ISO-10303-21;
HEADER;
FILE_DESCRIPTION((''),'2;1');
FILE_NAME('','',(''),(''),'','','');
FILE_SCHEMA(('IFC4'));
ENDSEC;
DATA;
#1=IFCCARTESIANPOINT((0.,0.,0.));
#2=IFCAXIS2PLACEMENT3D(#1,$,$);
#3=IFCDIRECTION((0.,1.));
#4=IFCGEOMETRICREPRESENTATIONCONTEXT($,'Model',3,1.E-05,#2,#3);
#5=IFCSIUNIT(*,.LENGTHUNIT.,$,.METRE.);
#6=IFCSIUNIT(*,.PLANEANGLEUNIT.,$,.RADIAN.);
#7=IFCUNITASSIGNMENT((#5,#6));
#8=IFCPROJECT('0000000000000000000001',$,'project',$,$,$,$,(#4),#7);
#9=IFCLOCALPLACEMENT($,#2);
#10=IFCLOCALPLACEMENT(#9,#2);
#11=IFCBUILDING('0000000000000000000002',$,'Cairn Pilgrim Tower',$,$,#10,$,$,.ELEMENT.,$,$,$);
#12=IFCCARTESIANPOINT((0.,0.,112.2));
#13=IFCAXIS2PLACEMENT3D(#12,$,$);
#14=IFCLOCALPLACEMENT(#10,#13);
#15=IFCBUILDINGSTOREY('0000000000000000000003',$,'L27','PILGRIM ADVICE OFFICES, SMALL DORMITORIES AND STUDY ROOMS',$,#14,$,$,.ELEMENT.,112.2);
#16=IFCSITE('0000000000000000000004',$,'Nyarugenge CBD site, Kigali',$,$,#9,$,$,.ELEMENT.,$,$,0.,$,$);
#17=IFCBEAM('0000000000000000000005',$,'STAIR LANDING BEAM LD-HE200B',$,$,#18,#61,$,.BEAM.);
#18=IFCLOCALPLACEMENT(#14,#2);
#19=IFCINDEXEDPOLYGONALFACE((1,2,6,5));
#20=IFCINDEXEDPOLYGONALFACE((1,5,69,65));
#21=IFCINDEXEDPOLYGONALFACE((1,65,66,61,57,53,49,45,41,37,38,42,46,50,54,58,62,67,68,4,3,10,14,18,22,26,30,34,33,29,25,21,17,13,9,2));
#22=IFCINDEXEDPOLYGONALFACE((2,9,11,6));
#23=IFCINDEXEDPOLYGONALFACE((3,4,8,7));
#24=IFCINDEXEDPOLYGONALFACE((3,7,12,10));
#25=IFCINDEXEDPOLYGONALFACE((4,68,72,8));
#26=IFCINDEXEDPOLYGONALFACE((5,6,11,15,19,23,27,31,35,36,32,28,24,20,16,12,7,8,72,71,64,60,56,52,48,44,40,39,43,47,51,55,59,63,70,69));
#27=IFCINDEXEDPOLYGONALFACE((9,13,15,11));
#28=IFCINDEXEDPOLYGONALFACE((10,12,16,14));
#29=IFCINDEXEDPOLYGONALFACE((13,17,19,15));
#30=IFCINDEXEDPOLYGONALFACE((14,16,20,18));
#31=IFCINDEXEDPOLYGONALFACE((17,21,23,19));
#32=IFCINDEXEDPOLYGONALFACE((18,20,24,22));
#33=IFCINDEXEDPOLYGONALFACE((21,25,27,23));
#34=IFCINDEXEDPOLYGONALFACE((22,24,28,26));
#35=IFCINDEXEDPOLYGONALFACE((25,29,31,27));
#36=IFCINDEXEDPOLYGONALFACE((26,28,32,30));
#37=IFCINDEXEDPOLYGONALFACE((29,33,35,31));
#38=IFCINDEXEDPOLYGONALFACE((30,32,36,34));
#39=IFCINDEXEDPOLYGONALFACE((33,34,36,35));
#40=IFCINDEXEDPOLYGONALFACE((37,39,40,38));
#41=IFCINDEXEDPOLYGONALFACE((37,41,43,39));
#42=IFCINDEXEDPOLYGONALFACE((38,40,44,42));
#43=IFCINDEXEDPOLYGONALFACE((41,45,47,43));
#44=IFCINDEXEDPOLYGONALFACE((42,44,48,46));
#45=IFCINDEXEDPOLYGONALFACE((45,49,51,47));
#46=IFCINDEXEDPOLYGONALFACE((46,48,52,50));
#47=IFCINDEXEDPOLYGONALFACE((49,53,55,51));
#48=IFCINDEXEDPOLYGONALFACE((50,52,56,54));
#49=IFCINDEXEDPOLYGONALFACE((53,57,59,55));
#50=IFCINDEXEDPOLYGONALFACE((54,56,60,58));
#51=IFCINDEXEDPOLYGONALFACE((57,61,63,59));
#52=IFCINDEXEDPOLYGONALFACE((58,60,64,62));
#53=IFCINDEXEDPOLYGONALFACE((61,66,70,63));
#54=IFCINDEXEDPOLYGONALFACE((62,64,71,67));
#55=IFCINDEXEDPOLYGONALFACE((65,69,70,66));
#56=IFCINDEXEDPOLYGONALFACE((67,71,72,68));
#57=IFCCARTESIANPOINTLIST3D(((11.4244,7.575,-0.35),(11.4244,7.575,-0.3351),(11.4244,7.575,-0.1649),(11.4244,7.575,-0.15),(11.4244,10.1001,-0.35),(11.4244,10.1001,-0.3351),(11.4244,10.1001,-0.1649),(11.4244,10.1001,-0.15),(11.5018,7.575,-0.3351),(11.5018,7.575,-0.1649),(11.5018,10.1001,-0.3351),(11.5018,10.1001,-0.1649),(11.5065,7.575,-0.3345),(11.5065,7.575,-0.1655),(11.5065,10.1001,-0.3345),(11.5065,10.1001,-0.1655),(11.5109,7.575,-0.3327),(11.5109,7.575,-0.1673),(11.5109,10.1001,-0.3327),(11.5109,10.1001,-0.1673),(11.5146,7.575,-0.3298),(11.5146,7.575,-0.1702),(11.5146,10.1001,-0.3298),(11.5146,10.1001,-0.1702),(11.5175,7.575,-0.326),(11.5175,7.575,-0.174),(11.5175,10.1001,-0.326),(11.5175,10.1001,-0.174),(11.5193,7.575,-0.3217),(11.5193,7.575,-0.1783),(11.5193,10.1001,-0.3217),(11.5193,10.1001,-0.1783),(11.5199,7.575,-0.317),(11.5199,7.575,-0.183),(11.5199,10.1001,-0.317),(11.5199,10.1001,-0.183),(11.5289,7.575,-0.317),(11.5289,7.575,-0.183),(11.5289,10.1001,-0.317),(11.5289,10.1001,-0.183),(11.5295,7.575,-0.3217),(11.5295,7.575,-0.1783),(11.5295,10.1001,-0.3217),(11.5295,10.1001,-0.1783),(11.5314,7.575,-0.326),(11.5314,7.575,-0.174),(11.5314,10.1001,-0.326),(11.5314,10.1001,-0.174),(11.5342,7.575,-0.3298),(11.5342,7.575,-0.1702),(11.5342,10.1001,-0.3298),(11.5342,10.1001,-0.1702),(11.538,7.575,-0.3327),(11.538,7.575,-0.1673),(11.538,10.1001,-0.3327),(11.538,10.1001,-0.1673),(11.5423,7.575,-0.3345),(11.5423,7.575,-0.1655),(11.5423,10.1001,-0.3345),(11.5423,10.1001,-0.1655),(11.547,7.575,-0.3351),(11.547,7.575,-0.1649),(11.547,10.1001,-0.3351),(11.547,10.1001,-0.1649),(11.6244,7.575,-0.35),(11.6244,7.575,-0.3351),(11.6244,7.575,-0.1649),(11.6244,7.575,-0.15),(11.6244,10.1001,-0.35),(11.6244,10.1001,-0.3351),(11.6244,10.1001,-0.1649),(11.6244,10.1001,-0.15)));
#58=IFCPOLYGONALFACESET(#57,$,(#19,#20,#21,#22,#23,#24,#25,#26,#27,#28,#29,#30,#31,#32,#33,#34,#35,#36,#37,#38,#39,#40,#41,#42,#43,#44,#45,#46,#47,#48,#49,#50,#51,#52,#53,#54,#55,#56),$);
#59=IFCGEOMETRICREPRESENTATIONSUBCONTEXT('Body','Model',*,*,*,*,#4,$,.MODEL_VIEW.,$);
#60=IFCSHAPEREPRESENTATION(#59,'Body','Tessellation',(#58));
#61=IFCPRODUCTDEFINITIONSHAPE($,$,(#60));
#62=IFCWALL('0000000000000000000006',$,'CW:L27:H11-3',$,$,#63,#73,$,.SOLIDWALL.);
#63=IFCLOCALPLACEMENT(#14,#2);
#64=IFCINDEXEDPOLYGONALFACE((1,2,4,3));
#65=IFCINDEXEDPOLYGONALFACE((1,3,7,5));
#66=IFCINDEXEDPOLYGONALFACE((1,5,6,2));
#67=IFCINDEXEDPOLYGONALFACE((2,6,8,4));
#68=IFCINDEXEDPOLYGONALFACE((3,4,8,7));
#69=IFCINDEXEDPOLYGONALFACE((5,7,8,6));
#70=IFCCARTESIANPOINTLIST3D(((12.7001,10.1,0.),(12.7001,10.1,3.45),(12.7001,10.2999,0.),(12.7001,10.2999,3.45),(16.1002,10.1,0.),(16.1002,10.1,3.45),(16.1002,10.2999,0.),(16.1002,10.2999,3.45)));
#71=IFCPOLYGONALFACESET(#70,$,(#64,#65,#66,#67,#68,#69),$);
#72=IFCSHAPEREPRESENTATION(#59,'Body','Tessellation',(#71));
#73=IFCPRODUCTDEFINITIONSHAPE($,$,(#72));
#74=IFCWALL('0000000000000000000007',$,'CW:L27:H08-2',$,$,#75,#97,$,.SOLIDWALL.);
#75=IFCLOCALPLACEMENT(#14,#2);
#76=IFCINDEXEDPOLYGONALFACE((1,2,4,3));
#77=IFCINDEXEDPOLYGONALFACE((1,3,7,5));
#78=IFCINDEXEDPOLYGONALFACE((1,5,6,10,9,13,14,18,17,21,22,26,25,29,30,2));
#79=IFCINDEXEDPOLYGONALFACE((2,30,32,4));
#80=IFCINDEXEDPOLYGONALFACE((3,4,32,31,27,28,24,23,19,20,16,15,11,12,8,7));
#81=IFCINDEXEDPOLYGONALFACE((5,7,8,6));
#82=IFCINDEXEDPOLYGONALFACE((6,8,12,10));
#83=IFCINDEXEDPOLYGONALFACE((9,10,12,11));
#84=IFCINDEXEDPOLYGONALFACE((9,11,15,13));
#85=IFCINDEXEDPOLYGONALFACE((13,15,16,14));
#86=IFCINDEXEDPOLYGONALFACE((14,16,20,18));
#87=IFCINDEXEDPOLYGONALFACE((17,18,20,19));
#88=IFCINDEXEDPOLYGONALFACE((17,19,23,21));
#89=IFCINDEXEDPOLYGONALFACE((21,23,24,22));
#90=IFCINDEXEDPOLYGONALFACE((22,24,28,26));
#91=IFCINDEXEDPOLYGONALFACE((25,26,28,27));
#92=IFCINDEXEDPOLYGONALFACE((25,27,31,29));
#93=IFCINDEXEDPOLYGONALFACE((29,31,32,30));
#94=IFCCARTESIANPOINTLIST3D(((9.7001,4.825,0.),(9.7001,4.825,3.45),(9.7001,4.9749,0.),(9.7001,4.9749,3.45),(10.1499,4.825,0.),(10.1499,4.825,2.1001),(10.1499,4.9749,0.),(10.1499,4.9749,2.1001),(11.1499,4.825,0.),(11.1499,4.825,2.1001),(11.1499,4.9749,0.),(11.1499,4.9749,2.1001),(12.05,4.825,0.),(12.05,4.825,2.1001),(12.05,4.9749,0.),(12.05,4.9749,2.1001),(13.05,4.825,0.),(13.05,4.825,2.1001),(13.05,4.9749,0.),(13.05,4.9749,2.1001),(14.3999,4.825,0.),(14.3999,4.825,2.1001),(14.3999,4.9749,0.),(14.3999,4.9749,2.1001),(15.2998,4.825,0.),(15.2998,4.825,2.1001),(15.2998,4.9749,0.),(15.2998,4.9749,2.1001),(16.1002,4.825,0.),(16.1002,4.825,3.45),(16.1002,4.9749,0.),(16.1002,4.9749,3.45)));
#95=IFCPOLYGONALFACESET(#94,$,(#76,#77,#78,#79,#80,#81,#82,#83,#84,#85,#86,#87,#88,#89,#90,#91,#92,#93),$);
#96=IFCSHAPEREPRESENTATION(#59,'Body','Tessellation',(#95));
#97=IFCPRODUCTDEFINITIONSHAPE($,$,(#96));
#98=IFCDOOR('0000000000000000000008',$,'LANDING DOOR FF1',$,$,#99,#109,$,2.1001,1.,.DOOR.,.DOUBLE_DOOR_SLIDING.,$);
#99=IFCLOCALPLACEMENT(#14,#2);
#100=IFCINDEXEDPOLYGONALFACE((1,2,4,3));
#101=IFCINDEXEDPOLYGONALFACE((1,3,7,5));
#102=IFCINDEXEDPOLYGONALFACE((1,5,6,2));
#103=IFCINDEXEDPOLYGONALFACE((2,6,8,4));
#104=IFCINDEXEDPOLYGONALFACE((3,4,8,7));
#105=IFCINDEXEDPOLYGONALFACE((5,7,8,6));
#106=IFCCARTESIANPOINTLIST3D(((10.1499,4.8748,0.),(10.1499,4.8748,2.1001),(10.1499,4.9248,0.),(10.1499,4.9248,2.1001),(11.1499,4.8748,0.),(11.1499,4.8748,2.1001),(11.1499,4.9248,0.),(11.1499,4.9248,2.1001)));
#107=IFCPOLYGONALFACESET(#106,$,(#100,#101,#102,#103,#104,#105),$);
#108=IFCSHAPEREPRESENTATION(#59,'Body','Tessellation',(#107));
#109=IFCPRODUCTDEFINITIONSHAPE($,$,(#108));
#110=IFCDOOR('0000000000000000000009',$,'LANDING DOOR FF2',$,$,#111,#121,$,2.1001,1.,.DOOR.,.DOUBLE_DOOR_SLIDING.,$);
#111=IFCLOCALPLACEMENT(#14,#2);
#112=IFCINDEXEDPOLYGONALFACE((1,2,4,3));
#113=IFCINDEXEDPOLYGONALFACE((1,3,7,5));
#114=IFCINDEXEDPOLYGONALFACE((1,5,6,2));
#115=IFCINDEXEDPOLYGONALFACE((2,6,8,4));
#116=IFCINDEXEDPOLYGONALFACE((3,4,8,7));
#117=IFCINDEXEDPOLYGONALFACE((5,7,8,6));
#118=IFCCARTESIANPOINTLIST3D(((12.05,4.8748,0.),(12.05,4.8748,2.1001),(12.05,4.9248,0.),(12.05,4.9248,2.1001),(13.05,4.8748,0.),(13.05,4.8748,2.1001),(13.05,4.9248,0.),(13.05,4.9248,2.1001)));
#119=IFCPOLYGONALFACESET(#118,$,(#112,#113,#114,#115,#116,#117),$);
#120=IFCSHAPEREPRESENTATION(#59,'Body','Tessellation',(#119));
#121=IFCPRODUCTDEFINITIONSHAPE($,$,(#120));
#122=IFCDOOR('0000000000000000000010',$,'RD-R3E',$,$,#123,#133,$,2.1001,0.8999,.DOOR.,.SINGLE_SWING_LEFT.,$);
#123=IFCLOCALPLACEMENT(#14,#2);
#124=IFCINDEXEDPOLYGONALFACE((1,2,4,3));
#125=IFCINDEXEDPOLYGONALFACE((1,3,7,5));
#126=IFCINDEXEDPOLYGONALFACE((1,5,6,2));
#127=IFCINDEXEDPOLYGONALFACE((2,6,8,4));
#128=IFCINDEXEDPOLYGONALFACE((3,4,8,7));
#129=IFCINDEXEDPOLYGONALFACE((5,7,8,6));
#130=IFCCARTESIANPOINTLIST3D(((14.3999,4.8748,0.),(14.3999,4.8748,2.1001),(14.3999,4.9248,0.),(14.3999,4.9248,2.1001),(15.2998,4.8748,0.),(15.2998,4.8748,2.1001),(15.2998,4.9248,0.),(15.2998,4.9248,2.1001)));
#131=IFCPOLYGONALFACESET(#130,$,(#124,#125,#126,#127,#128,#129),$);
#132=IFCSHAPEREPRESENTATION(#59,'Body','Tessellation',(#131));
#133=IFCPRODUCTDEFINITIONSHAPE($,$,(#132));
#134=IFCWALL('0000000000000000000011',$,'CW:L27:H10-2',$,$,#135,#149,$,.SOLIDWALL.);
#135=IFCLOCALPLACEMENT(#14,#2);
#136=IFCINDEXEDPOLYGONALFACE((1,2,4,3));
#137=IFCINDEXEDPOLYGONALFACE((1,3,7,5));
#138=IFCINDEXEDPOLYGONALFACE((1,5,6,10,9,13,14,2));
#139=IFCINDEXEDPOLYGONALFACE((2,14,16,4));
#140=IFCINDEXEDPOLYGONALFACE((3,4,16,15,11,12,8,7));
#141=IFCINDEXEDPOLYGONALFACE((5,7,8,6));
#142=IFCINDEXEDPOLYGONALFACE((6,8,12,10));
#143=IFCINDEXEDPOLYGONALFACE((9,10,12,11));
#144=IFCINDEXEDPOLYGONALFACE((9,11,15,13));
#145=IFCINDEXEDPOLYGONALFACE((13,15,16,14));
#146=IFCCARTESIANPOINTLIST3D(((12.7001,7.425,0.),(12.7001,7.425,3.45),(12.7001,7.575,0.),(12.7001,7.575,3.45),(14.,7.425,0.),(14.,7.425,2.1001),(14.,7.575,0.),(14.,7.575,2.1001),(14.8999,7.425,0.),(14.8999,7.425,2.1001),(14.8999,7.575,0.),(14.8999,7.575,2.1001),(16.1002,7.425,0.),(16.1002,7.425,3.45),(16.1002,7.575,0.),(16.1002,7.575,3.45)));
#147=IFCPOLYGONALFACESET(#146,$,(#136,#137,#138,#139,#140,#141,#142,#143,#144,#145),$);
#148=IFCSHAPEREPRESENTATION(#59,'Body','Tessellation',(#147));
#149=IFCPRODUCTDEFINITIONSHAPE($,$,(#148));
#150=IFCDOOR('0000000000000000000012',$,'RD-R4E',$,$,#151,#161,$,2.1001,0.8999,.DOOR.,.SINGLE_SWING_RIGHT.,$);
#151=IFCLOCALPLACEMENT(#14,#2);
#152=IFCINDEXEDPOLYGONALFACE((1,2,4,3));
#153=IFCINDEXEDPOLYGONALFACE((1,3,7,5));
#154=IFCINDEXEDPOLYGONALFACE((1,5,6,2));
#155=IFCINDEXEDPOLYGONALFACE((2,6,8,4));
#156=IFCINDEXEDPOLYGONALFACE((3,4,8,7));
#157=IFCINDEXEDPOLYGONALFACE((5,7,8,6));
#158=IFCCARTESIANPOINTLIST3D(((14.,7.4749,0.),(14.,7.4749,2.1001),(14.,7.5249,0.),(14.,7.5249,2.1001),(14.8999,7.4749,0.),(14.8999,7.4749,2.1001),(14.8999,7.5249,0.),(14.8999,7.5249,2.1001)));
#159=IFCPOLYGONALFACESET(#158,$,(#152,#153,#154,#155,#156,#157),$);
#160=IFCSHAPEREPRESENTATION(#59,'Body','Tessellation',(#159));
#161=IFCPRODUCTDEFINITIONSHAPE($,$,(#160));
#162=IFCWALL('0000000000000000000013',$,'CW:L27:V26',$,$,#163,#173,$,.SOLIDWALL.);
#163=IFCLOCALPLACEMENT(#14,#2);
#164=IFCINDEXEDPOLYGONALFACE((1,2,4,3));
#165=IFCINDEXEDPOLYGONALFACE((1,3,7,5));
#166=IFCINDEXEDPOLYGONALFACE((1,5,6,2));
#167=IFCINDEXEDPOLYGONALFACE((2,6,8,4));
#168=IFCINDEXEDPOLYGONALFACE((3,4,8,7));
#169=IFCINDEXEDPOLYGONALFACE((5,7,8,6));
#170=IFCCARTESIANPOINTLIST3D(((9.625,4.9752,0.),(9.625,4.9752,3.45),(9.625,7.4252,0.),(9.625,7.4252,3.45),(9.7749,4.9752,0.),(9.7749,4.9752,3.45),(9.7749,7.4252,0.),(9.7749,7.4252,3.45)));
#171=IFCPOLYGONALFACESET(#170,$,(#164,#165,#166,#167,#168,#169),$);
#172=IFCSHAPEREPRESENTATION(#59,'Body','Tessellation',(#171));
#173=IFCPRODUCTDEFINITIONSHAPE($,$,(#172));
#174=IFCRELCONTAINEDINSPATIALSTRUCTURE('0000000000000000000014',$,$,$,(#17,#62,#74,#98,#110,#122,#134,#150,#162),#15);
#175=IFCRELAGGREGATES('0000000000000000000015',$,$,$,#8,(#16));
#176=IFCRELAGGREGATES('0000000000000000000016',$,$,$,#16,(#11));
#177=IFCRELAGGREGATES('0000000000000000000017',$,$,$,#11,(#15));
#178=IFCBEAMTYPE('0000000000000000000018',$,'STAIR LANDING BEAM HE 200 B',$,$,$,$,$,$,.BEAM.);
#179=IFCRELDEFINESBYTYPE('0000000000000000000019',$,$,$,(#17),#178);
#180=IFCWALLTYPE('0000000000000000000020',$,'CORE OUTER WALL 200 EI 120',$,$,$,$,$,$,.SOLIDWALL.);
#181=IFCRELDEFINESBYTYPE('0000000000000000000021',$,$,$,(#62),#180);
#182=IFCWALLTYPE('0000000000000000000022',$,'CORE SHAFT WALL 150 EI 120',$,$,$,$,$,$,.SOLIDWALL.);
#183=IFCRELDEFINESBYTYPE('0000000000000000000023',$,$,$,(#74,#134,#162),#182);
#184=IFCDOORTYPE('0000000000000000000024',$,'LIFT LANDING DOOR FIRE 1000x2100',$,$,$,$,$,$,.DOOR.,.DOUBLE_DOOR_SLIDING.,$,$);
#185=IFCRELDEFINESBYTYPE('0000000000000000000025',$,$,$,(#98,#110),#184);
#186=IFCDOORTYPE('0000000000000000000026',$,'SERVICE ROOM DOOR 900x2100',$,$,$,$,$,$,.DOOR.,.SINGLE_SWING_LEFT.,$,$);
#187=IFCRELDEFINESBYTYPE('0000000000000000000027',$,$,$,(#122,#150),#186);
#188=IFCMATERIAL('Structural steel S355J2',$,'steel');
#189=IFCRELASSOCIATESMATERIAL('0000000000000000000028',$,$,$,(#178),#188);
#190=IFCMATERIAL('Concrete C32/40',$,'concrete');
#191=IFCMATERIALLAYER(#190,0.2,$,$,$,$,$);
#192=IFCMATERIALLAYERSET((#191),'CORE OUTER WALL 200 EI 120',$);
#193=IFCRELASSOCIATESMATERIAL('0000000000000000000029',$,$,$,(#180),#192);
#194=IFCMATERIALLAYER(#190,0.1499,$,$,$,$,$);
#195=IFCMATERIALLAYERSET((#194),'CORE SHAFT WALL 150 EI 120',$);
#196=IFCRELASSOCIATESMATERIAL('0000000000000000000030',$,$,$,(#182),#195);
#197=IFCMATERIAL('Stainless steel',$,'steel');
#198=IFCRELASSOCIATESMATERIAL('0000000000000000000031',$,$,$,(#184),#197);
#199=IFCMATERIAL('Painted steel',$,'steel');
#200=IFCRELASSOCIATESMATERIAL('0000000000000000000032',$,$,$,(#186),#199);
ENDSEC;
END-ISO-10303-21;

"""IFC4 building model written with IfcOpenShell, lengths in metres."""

from ifc_helpers import new_model, si_unit, direction, frame, frame_2d, origin, origin_2d, place, context, subcontext, project, spatial, rectangle, i_section, extrude, material, layer, layer_set, material_profile, profile_set, type_object, element, fill, save


model = new_model("IFC4")

# Units and contexts
model_context = context("Model", 3, precision=1e-05, world=origin(), true_north=direction((0.0, 1.0)))
body_context = subcontext(model_context, "Body", "Model", "MODEL_VIEW")
ifc_project = project(units=[si_unit("LENGTHUNIT", "METRE"), si_unit("PLANEANGLEUNIT", "RADIAN")], contexts=[model_context])

# Site, building, storey
site_placement = place(None, origin())
site = spatial("IfcSite", under=ifc_project, at=site_placement, Name="Nyarugenge CBD site, Kigali", CompositionType="ELEMENT", RefElevation=0.0)
building_placement = place(site_placement, origin())
building = spatial("IfcBuilding", under=site, at=building_placement, Name="Cairn Pilgrim Tower", CompositionType="ELEMENT")
storey_placement = place(building_placement, frame((0.0, 0.0, 112.2)))
storey = spatial("IfcBuildingStorey", under=building, at=storey_placement, Name="L27", Description="PILGRIM ADVICE OFFICES, SMALL DORMITORIES AND STUDY ROOMS", CompositionType="ELEMENT", Elevation=112.2)

# Beam
ifc_material_1 = material(Name="Structural steel S355J2", Category="steel")
ifc_material_profile_1 = material_profile(ifc_material_1, i_section(OverallWidth=0.2, OverallDepth=0.2, WebThickness=0.009, FlangeThickness=0.0149, FilletRadius=0.0181, at=origin_2d()), Name="HE 200 B")
ifc_profile_set_1 = profile_set([ifc_material_profile_1], Name="Structural steel S355J2")
beam_type_1 = type_object("IfcBeamType", Name="STAIR LANDING BEAM HE 200 B", PredefinedType="BEAM", material=ifc_profile_set_1)
beam_1_placement = place(storey_placement, frame((11.5244, 10.1001, -0.25), z_axis=(0.0, -1.0, 0.0), x_axis=(1.0, 0.0, 0.0)))
element("IfcBeam", 1, at=beam_1_placement, inside=storey, type_object=beam_type_1, Name="STAIR LANDING BEAM LD-HE200B", PredefinedType="BEAM", context=body_context, shape_type="SweptSolid", body=[
    extrude(i_section(OverallWidth=0.2, OverallDepth=0.2, WebThickness=0.009, FlangeThickness=0.0149, FilletRadius=0.0181, at=origin_2d()), origin(), (0.0, 0.0, 1.0), 2.5251),
])

# Wall
ifc_material_2 = material(Name="Concrete C32/40", Category="concrete")
ifc_layer_1 = layer(ifc_material_2, 0.2)
ifc_layer_set_1 = layer_set([ifc_layer_1], Name="CORE OUTER WALL 200 EI 120")
wall_type_1 = type_object("IfcWallType", Name="CORE OUTER WALL 200 EI 120", PredefinedType="SOLIDWALL", material=ifc_layer_set_1)
wall_1_placement = place(storey_placement, frame((12.7, 10.2, 0.0), z_axis=(0.0, 0.0, 1.0), x_axis=(1.0, 0.0, 0.0)))
element("IfcWall", 2, at=wall_1_placement, inside=storey, type_object=wall_type_1, Name="CW:L27:H11-3", PredefinedType="SOLIDWALL", context=body_context, shape_type="SweptSolid", body=[
    extrude(rectangle(XDim=3.4001, YDim=0.2, at=frame_2d((1.7002, 0.0))), origin(), (0.0, 0.0, 1.0), 3.45),
])

# Wall, openings, doors
ifc_layer_2 = layer(ifc_material_2, 0.1499)
ifc_layer_set_2 = layer_set([ifc_layer_2], Name="CORE SHAFT WALL 150 EI 120")
wall_type_2 = type_object("IfcWallType", Name="CORE SHAFT WALL 150 EI 120", PredefinedType="SOLIDWALL", material=ifc_layer_set_2)
wall_2_placement = place(storey_placement, frame((9.7, 4.8999, 0.0), z_axis=(0.0, 0.0, 1.0), x_axis=(1.0, 0.0, 0.0)))
wall_2 = element("IfcWall", 3, at=wall_2_placement, inside=storey, type_object=wall_type_2, Name="CW:L27:H08-2", PredefinedType="SOLIDWALL", context=body_context, shape_type="SweptSolid", body=[
    extrude(rectangle(XDim=6.4001, YDim=0.1499, at=frame_2d((3.2002, 0.0))), origin(), (0.0, 0.0, 1.0), 3.45),
])
opening_1_placement = place(wall_2_placement, frame((0.45, 0.0, 0.0)))
opening_1 = element("IfcOpeningElement", 4, at=opening_1_placement, cuts=wall_2, PredefinedType="OPENING", context=body_context, shape_type="SweptSolid", body=[
    extrude(rectangle(XDim=1.0, YDim=2.1001, at=frame_2d((0.5, 1.05))), frame((0.0, 0.085, 0.0), z_axis=(0.0, -1.0, 0.0), x_axis=(1.0, 0.0, 0.0)), (0.0, 0.0, 1.0), 0.1699),
])
opening_2_placement = place(wall_2_placement, frame((2.3501, 0.0, 0.0)))
opening_2 = element("IfcOpeningElement", 5, at=opening_2_placement, cuts=wall_2, PredefinedType="OPENING", context=body_context, shape_type="SweptSolid", body=[
    extrude(rectangle(XDim=1.0, YDim=2.1001, at=frame_2d((0.5, 1.05))), frame((0.0, 0.085, 0.0), z_axis=(0.0, -1.0, 0.0), x_axis=(1.0, 0.0, 0.0)), (0.0, 0.0, 1.0), 0.1699),
])
opening_3_placement = place(wall_2_placement, frame((4.7, 0.0, 0.0)))
opening_3 = element("IfcOpeningElement", 6, at=opening_3_placement, cuts=wall_2, PredefinedType="OPENING", context=body_context, shape_type="SweptSolid", body=[
    extrude(rectangle(XDim=0.8999, YDim=2.1001, at=frame_2d((0.45, 1.05))), frame((0.0, 0.085, 0.0), z_axis=(0.0, -1.0, 0.0), x_axis=(1.0, 0.0, 0.0)), (0.0, 0.0, 1.0), 0.1699),
])
ifc_material_3 = material(Name="Stainless steel", Category="steel")
door_type_1 = type_object("IfcDoorType", Name="LIFT LANDING DOOR FIRE 1000x2100", OperationType="DOUBLE_DOOR_SLIDING", PredefinedType="DOOR", material=ifc_material_3)
door_1_placement = place(opening_1_placement, origin())
door_1 = element("IfcDoor", 7, at=door_1_placement, inside=storey, type_object=door_type_1, Name="LANDING DOOR FF1", OperationType="DOUBLE_DOOR_SLIDING", OverallHeight=2.1001, OverallWidth=1.0, PredefinedType="DOOR", context=body_context, shape_type="SweptSolid", body=[
    extrude(rectangle(XDim=1.0, YDim=2.1001, at=frame_2d((0.5, 1.05))), frame((0.0, 0.0249, 0.0), z_axis=(0.0, -1.0, 0.0), x_axis=(1.0, 0.0, 0.0)), (0.0, 0.0, 1.0), 0.05),
])
fill(opening_1, door_1)
door_2_placement = place(opening_2_placement, origin())
door_2 = element("IfcDoor", 8, at=door_2_placement, inside=storey, type_object=door_type_1, Name="LANDING DOOR FF2", OperationType="DOUBLE_DOOR_SLIDING", OverallHeight=2.1001, OverallWidth=1.0, PredefinedType="DOOR", context=body_context, shape_type="SweptSolid", body=[
    extrude(rectangle(XDim=1.0, YDim=2.1001, at=frame_2d((0.5, 1.05))), frame((0.0, 0.0249, 0.0), z_axis=(0.0, -1.0, 0.0), x_axis=(1.0, 0.0, 0.0)), (0.0, 0.0, 1.0), 0.05),
])
fill(opening_2, door_2)
ifc_material_4 = material(Name="Painted steel", Category="steel")
door_type_2 = type_object("IfcDoorType", Name="SERVICE ROOM DOOR 900x2100", OperationType="SINGLE_SWING_LEFT", PredefinedType="DOOR", material=ifc_material_4)
door_3_placement = place(opening_3_placement, origin())
door_3 = element("IfcDoor", 9, at=door_3_placement, inside=storey, type_object=door_type_2, Name="RD-R3E", OperationType="SINGLE_SWING_LEFT", OverallHeight=2.1001, OverallWidth=0.8999, PredefinedType="DOOR", context=body_context, shape_type="SweptSolid", body=[
    extrude(rectangle(XDim=0.8999, YDim=2.1001, at=frame_2d((0.45, 1.05))), frame((0.0, 0.0249, 0.0), z_axis=(0.0, -1.0, 0.0), x_axis=(1.0, 0.0, 0.0)), (0.0, 0.0, 1.0), 0.05),
])
fill(opening_3, door_3)

# Wall, opening, door
wall_3_placement = place(storey_placement, frame((12.7, 7.5, 0.0), z_axis=(0.0, 0.0, 1.0), x_axis=(1.0, 0.0, 0.0)))
wall_3 = element("IfcWall", 10, at=wall_3_placement, inside=storey, type_object=wall_type_2, Name="CW:L27:H10-2", PredefinedType="SOLIDWALL", context=body_context, shape_type="SweptSolid", body=[
    extrude(rectangle(XDim=3.4001, YDim=0.1499, at=frame_2d((1.7002, 0.0))), origin(), (0.0, 0.0, 1.0), 3.45),
])
opening_4_placement = place(wall_3_placement, frame((1.3, 0.0, 0.0)))
opening_4 = element("IfcOpeningElement", 11, at=opening_4_placement, cuts=wall_3, PredefinedType="OPENING", context=body_context, shape_type="SweptSolid", body=[
    extrude(rectangle(XDim=0.8999, YDim=2.1001, at=frame_2d((0.45, 1.05))), frame((0.0, 0.085, 0.0), z_axis=(0.0, -1.0, 0.0), x_axis=(1.0, 0.0, 0.0)), (0.0, 0.0, 1.0), 0.1699),
])
door_4_placement = place(opening_4_placement, origin())
door_4 = element("IfcDoor", 12, at=door_4_placement, inside=storey, type_object=door_type_2, Name="RD-R4E", OperationType="SINGLE_SWING_RIGHT", OverallHeight=2.1001, OverallWidth=0.8999, PredefinedType="DOOR", context=body_context, shape_type="SweptSolid", body=[
    extrude(rectangle(XDim=0.8999, YDim=2.1001, at=frame_2d((0.45, 1.05))), frame((0.0, 0.0249, 0.0), z_axis=(0.0, -1.0, 0.0), x_axis=(1.0, 0.0, 0.0)), (0.0, 0.0, 1.0), 0.05),
])
fill(opening_4, door_4)

# Wall
wall_4_placement = place(storey_placement, frame((9.7, 4.9751, 0.0), z_axis=(0.0, 0.0, 1.0), x_axis=(0.0, 1.0, 0.0)))
element("IfcWall", 13, at=wall_4_placement, inside=storey, type_object=wall_type_2, Name="CW:L27:V26", PredefinedType="SOLIDWALL", context=body_context, shape_type="SweptSolid", body=[
    extrude(rectangle(XDim=2.45, YDim=0.1499, at=frame_2d((1.2251, 0.0))), origin(), (0.0, 0.0, 1.0), 3.45),
])

save(model, "model.ifc")
